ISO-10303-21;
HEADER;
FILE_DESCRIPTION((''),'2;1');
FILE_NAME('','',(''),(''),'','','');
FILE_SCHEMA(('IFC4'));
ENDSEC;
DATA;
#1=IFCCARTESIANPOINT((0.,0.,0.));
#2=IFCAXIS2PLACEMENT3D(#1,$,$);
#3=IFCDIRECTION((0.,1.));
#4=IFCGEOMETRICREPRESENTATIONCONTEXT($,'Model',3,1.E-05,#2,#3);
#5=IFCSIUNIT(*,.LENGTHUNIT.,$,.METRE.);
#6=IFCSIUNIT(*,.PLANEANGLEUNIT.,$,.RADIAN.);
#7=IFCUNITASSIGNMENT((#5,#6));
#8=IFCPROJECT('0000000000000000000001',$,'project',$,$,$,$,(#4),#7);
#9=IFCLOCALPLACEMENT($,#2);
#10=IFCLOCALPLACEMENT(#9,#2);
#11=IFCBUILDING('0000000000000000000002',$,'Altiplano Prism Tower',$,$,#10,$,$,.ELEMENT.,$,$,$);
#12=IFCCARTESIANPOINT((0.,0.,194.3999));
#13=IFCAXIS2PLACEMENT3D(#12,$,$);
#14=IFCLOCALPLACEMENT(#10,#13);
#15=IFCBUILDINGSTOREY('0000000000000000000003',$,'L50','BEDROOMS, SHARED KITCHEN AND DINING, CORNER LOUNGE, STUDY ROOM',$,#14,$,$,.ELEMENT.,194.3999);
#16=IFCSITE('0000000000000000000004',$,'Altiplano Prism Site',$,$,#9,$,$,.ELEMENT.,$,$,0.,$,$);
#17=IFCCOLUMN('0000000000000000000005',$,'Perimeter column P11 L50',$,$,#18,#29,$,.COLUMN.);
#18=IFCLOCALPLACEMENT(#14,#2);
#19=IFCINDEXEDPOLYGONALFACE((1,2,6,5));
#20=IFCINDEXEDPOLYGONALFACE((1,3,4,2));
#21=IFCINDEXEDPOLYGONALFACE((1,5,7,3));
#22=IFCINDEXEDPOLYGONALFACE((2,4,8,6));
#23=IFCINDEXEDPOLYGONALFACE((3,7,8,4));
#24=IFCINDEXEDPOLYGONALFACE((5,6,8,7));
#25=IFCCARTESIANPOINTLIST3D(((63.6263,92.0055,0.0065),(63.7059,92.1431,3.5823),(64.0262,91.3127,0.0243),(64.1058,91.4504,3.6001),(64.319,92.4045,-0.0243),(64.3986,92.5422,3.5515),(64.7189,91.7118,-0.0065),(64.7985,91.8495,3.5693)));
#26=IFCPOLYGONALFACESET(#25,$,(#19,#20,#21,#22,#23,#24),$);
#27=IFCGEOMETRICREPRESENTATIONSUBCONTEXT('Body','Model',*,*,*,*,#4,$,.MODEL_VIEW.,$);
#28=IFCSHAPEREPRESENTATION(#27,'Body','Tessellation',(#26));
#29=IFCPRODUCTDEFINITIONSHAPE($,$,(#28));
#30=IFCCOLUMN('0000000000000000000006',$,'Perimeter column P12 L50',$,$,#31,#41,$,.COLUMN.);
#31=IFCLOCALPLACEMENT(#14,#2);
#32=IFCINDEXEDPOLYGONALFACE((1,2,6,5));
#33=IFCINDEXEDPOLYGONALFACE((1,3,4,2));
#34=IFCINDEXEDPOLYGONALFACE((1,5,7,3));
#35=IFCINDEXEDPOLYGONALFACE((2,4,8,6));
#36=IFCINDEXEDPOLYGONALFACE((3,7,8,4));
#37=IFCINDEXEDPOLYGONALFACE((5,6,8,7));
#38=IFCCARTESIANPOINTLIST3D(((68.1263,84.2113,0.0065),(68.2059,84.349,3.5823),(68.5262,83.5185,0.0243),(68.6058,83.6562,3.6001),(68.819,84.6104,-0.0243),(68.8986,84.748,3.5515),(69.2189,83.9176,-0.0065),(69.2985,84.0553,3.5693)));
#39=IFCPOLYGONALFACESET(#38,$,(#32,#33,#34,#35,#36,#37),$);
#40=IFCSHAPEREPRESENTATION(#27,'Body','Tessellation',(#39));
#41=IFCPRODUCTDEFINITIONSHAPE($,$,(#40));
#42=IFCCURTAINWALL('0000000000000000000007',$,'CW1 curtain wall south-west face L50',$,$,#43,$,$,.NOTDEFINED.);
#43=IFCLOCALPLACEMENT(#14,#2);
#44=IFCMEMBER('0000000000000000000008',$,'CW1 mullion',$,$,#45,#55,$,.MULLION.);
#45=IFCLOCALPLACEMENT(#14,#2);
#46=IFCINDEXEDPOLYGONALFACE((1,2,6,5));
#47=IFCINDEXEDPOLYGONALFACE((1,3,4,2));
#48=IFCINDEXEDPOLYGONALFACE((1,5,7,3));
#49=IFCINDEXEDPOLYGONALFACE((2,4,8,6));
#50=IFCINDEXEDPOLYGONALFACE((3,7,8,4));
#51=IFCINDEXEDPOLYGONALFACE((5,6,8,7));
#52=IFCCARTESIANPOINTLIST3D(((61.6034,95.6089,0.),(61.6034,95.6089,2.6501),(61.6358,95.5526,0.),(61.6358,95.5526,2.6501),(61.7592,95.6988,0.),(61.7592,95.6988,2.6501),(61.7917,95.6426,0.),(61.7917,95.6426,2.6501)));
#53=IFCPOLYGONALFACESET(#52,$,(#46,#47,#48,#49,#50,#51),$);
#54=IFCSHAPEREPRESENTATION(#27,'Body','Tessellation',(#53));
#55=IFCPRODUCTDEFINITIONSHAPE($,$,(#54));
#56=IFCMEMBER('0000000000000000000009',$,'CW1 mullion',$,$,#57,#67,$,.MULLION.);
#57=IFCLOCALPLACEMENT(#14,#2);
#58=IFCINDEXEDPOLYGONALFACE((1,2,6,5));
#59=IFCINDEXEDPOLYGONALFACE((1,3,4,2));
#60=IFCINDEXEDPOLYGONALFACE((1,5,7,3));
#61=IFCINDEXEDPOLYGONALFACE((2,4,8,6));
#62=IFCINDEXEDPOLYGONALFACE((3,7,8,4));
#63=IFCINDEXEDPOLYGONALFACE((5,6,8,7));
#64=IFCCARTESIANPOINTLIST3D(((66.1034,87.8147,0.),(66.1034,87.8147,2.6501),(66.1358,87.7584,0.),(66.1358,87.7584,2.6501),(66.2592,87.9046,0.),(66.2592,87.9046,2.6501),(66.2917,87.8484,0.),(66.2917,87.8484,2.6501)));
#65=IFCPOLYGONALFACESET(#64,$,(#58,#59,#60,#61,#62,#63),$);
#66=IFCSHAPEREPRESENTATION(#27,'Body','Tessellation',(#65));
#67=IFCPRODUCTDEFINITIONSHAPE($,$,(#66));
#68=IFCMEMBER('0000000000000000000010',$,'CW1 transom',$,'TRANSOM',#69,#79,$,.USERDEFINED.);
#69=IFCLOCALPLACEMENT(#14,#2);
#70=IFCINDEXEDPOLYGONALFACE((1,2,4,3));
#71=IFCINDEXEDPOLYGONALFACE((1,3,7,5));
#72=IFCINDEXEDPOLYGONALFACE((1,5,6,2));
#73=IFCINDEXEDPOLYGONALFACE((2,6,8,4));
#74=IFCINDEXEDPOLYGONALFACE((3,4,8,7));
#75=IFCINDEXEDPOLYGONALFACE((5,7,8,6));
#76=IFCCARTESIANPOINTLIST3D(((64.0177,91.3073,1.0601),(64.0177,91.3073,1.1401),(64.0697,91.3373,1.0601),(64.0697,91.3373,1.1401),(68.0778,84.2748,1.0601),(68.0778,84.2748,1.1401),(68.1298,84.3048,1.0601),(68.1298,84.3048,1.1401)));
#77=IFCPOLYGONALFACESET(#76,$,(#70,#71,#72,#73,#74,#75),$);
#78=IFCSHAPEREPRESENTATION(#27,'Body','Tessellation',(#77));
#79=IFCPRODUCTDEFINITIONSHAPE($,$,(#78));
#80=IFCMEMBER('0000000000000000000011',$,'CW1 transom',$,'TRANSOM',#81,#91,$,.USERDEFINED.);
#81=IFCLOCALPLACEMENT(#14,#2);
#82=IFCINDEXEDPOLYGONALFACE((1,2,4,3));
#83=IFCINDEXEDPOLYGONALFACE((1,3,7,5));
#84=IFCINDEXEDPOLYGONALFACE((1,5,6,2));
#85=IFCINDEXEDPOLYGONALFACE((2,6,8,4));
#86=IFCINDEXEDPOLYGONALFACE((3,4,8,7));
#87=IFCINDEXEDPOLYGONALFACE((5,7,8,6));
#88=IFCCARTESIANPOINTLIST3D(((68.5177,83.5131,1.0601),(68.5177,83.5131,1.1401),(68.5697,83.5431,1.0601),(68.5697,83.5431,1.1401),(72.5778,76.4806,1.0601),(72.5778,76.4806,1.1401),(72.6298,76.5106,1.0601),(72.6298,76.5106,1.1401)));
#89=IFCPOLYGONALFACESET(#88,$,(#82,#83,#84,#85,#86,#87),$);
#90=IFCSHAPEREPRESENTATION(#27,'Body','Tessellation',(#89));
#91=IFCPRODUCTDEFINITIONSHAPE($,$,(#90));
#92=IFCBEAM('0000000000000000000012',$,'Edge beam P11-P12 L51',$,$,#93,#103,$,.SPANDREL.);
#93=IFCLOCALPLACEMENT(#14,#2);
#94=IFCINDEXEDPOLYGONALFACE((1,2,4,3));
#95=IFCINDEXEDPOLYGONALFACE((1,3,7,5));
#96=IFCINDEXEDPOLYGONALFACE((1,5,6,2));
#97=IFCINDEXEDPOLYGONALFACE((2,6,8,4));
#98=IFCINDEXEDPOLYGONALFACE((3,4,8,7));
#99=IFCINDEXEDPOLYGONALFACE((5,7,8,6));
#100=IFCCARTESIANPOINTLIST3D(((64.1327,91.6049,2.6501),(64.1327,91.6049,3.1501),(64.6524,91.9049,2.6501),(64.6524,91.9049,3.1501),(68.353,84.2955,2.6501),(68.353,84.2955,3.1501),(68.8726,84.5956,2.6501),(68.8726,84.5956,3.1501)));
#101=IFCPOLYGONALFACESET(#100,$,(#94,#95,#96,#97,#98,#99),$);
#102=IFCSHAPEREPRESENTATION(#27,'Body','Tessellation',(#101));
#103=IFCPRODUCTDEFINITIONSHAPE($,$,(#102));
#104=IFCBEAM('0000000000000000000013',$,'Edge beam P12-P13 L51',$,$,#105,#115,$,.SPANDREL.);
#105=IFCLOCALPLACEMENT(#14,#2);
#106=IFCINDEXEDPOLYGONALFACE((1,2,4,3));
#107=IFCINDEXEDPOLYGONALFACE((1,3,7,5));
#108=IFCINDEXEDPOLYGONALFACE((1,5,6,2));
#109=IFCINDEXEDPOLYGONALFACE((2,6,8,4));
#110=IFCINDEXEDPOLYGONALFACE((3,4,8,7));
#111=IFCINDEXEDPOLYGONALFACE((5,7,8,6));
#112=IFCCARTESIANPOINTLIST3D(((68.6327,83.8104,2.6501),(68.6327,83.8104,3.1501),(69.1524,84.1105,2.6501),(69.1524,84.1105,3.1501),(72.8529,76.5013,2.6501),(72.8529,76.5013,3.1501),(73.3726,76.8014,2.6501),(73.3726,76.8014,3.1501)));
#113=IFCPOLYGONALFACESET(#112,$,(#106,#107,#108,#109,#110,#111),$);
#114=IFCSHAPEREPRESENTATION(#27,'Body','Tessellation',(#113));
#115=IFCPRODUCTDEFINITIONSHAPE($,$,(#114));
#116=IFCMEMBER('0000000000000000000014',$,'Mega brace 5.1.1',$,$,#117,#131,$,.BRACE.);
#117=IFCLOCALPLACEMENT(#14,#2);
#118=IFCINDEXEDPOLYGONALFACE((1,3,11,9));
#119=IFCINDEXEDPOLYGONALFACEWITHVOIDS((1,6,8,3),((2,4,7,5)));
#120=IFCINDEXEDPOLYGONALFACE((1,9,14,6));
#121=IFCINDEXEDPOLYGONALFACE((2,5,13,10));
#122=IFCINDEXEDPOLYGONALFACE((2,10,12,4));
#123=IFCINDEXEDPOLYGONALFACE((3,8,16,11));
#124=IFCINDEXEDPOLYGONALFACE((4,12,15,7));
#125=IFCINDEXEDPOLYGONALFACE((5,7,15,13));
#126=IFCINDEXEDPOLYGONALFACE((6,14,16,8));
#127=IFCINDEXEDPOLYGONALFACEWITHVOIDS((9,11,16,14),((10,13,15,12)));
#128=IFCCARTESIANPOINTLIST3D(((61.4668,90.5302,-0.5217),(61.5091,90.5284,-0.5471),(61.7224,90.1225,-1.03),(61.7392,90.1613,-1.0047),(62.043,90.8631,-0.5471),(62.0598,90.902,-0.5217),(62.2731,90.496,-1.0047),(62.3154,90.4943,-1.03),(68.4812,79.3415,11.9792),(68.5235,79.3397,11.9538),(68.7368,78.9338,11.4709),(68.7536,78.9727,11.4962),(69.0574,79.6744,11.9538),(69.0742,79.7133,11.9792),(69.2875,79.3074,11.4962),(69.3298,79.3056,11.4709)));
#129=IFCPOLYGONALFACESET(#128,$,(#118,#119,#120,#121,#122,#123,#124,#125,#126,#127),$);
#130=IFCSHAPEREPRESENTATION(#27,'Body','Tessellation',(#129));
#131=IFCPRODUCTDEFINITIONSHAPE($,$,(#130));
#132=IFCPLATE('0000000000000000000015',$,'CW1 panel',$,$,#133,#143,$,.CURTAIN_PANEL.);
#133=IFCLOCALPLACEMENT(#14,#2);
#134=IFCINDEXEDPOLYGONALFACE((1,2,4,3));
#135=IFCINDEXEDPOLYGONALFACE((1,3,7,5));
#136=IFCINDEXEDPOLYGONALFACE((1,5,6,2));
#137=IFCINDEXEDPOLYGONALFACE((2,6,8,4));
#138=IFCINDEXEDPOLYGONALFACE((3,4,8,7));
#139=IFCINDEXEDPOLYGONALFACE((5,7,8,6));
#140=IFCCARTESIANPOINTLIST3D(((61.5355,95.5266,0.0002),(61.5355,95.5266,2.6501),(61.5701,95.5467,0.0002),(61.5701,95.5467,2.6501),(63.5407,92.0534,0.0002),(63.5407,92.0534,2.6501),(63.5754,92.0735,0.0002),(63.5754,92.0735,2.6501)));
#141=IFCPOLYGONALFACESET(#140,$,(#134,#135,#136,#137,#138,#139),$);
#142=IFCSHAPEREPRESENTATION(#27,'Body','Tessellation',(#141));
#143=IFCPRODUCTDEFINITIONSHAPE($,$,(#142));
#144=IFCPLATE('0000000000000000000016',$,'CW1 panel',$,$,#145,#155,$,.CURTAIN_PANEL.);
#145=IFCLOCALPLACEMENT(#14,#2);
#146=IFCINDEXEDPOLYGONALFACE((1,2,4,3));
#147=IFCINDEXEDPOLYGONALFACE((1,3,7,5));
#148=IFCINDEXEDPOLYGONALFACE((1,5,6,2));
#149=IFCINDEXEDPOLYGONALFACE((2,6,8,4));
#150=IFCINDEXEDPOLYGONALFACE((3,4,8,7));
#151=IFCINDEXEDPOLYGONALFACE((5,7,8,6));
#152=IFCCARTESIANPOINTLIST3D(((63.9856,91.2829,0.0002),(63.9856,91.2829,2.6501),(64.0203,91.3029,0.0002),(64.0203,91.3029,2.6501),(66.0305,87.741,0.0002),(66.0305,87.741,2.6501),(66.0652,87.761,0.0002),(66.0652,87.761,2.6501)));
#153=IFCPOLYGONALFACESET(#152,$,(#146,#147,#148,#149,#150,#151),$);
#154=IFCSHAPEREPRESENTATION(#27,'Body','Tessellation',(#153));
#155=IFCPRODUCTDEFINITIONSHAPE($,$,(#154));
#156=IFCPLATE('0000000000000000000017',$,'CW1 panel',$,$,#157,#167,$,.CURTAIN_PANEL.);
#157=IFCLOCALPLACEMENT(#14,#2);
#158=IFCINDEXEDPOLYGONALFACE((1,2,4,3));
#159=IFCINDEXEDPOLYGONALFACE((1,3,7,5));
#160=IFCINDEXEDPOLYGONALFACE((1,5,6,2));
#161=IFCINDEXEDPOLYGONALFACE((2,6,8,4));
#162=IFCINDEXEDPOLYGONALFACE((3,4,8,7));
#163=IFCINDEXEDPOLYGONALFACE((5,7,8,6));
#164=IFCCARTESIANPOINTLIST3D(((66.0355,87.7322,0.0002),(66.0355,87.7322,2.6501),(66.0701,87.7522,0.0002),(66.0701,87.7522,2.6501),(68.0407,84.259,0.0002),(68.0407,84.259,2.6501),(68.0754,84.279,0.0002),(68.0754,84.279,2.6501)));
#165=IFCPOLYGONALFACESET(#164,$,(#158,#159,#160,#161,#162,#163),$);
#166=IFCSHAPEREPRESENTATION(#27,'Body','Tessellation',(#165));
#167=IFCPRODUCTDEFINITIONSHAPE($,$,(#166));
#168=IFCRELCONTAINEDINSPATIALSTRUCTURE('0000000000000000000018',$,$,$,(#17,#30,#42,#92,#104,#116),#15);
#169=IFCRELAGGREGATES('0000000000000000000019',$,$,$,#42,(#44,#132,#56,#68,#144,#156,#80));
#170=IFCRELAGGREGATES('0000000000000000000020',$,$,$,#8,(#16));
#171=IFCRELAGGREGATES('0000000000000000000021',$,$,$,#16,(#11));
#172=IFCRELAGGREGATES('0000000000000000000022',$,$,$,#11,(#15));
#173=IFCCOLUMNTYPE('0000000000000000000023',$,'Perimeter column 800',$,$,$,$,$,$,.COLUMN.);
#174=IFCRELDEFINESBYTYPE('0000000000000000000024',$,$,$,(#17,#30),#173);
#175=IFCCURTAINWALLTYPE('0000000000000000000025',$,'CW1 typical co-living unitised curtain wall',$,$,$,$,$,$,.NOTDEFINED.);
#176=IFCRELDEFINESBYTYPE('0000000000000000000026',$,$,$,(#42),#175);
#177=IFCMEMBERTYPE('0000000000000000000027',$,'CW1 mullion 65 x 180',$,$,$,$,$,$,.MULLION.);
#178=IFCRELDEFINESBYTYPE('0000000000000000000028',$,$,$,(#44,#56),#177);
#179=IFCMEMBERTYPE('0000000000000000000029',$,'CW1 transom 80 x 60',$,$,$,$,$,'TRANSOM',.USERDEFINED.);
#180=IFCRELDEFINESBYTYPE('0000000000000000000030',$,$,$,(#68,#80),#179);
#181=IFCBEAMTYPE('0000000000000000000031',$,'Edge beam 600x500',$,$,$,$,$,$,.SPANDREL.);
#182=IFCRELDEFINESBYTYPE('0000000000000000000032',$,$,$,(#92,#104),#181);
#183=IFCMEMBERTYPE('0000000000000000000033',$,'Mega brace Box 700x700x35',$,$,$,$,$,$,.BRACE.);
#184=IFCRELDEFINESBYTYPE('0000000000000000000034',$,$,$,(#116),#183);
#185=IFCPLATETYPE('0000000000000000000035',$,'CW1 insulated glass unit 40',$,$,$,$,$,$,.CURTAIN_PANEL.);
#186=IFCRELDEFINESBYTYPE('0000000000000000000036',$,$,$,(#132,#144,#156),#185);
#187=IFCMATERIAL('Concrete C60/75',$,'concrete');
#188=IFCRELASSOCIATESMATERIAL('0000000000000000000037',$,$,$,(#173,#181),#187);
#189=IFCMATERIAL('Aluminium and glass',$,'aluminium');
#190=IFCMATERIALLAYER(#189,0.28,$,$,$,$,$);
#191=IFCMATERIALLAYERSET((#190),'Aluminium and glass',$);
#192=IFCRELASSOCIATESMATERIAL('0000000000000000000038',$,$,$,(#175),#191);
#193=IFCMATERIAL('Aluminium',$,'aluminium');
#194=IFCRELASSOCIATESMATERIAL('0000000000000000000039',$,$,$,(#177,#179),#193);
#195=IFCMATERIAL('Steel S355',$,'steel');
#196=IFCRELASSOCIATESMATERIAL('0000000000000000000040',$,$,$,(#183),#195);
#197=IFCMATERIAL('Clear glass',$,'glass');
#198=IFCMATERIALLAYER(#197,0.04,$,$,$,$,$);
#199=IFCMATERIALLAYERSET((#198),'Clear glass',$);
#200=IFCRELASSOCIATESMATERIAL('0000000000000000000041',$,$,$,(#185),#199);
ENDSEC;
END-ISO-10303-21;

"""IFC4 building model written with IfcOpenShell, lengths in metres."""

from ifc_helpers import new_model, si_unit, direction, frame, origin, origin_2d, place, context, subcontext, project, spatial, rectangle, hollow_rectangle, extrude, material, layer, layer_set, material_profile, profile_set, type_object, element, aggregate, save


model = new_model("IFC4")

# Units and contexts
model_context = context("Model", 3, precision=1e-05, world=origin(), true_north=direction((0.0, 1.0)))
body_context = subcontext(model_context, "Body", "Model", "MODEL_VIEW")
ifc_project = project(units=[si_unit("LENGTHUNIT", "METRE"), si_unit("PLANEANGLEUNIT", "RADIAN")], contexts=[model_context])

# Site, building, storey
site_placement = place(None, origin())
site = spatial("IfcSite", under=ifc_project, at=site_placement, Name="Altiplano Prism Site", CompositionType="ELEMENT", RefElevation=0.0)
building_placement = place(site_placement, origin())
building = spatial("IfcBuilding", under=site, at=building_placement, Name="Altiplano Prism Tower", CompositionType="ELEMENT")
storey_placement = place(building_placement, frame((0.0, 0.0, 194.3999)))
storey = spatial("IfcBuildingStorey", under=building, at=storey_placement, Name="L50", Description="BEDROOMS, SHARED KITCHEN AND DINING, CORNER LOUNGE, STUDY ROOM", CompositionType="ELEMENT", Elevation=194.3999)

# Columns
ifc_material_1 = material(Name="Concrete C60/75", Category="concrete")
ifc_material_profile_1 = material_profile(ifc_material_1, rectangle(XDim=0.8, YDim=0.8, at=origin_2d()), Name="Perimeter column 800")
ifc_profile_set_1 = profile_set([ifc_material_profile_1], Name="Concrete C60/75")
column_type = type_object("IfcColumnType", Name="Perimeter column 800", PredefinedType="COLUMN", material=ifc_profile_set_1)
for number, where, z_axis, x_axis, name in (
    (1, (64.1726, 91.8586, 0.0), (0.022235, 0.038468, 0.999012), (-0.865845, -0.49883, 0.038479), "Perimeter column P11 L50"),
    (2, (68.6726, 84.0645, 0.0), (0.022235, 0.038468, 0.999012), (-0.865845, -0.49883, 0.038479), "Perimeter column P12 L50"),
):
    element("IfcColumn", number, at=place(storey_placement, frame(where, z_axis=z_axis, x_axis=x_axis)), inside=storey, type_object=column_type, Name=name, PredefinedType="COLUMN", context=body_context, shape_type="SweptSolid", body=[
        extrude(rectangle(XDim=0.8, YDim=0.8, at=origin_2d()), origin(), (0.0, 0.0, 1.0), 3.5793),
    ])

# Curtain wall, members
ifc_material_2 = material(Name="Aluminium and glass", Category="aluminium")
ifc_layer_1 = layer(ifc_material_2, 0.28)
ifc_layer_set_1 = layer_set([ifc_layer_1], Name="Aluminium and glass")
curtain_wall_type = type_object("IfcCurtainWallType", Name="CW1 typical co-living unitised curtain wall", PredefinedType="NOTDEFINED", material=ifc_layer_set_1)
curtain_wall_placement = place(storey_placement, origin())
curtain_wall = element("IfcCurtainWall", 3, at=curtain_wall_placement, inside=storey, type_object=curtain_wall_type, Name="CW1 curtain wall south-west face L50", PredefinedType="NOTDEFINED")
ifc_material_3 = material(Name="Aluminium", Category="aluminium")
ifc_material_profile_2 = material_profile(ifc_material_3, rectangle(XDim=0.1799, YDim=0.0649, at=origin_2d()), Name="CW1 mullion 65 x 180")
ifc_profile_set_2 = profile_set([ifc_material_profile_2], Name="Aluminium")
member_type_1 = type_object("IfcMemberType", Name="CW1 mullion 65 x 180", PredefinedType="MULLION", material=ifc_profile_set_2)
member_1_placement = place(storey_placement, frame((61.6975, 95.6257, 0.0), z_axis=(0.0, 0.0, 1.0), x_axis=(0.866025, 0.5, 0.0)))
member_1 = element("IfcMember", 4, at=member_1_placement, type_object=member_type_1, Name="CW1 mullion", PredefinedType="MULLION", context=body_context, shape_type="SweptSolid", body=[
    extrude(rectangle(XDim=0.1799, YDim=0.0649, at=origin_2d()), origin(), (0.0, 0.0, 1.0), 2.6501),
])
member_2_placement = place(storey_placement, frame((66.1975, 87.8315, 0.0), z_axis=(0.0, 0.0, 1.0), x_axis=(0.866025, 0.5, 0.0)))
member_2 = element("IfcMember", 5, at=member_2_placement, type_object=member_type_1, Name="CW1 mullion", PredefinedType="MULLION", context=body_context, shape_type="SweptSolid", body=[
    extrude(rectangle(XDim=0.1799, YDim=0.0649, at=origin_2d()), origin(), (0.0, 0.0, 1.0), 2.6501),
])
ifc_material_profile_3 = material_profile(ifc_material_3, rectangle(XDim=0.0601, YDim=0.0801, at=origin_2d()), Name="CW1 transom 80 x 60")
ifc_profile_set_3 = profile_set([ifc_material_profile_3], Name="Aluminium")
member_type_2 = type_object("IfcMemberType", Name="CW1 transom 80 x 60", ElementType="TRANSOM", PredefinedType="USERDEFINED", material=ifc_profile_set_3)
member_3_placement = place(storey_placement, frame((64.0437, 91.3223, 1.1001), z_axis=(0.499987, -0.866033, 0.0), x_axis=(0.866033, 0.499987, 0.0)))
member_3 = element("IfcMember", 6, at=member_3_placement, type_object=member_type_2, Name="CW1 transom", ObjectType="TRANSOM", PredefinedType="USERDEFINED", context=body_context, shape_type="SweptSolid", body=[
    extrude(rectangle(XDim=0.0601, YDim=0.0801, at=origin_2d()), origin(), (0.0, 0.0, 1.0), 8.1204),
])
member_4_placement = place(storey_placement, frame((68.5437, 83.5281, 1.1001), z_axis=(0.499987, -0.866033, 0.0), x_axis=(0.866033, 0.499987, 0.0)))
member_4 = element("IfcMember", 7, at=member_4_placement, type_object=member_type_2, Name="CW1 transom", ObjectType="TRANSOM", PredefinedType="USERDEFINED", context=body_context, shape_type="SweptSolid", body=[
    extrude(rectangle(XDim=0.0601, YDim=0.0801, at=origin_2d()), origin(), (0.0, 0.0, 1.0), 8.1204),
])

# Beams
ifc_material_profile_4 = material_profile(ifc_material_1, rectangle(XDim=0.6001, YDim=0.5, at=origin_2d()), Name="Edge beam 600x500")
ifc_profile_set_4 = profile_set([ifc_material_profile_4], Name="Concrete C60/75")
beam_type = type_object("IfcBeamType", Name="Edge beam 600x500", PredefinedType="SPANDREL", material=ifc_profile_set_4)
beam_1_placement = place(storey_placement, frame((64.3926, 91.7549, 2.9001), z_axis=(0.500015, -0.866017, 0.0), x_axis=(0.866017, 0.500015, 0.0)))
element("IfcBeam", 8, at=beam_1_placement, inside=storey, type_object=beam_type, Name="Edge beam P11-P12 L51", PredefinedType="SPANDREL", context=body_context, shape_type="SweptSolid", body=[
    extrude(rectangle(XDim=0.6001, YDim=0.5, at=origin_2d()), origin(), (0.0, 0.0, 1.0), 8.4402),
])
beam_2_placement = place(storey_placement, frame((68.8926, 83.9604, 2.9001), z_axis=(0.500028, -0.866009, 0.0), x_axis=(0.866009, 0.500028, 0.0)))
element("IfcBeam", 9, at=beam_2_placement, inside=storey, type_object=beam_type, Name="Edge beam P12-P13 L51", PredefinedType="SPANDREL", context=body_context, shape_type="SweptSolid", body=[
    extrude(rectangle(XDim=0.6001, YDim=0.5, at=origin_2d()), origin(), (0.0, 0.0, 1.0), 8.4399),
])

# Member
ifc_material_4 = material(Name="Steel S355", Category="steel")
ifc_material_profile_5 = material_profile(ifc_material_4, hollow_rectangle(XDim=0.7, YDim=0.7, WallThickness=0.0349, at=origin_2d()), Name="Mega brace Box 700x700x35")
ifc_profile_set_5 = profile_set([ifc_material_profile_5], Name="Steel S355")
member_type_3 = type_object("IfcMemberType", Name="Mega brace Box 700x700x35", PredefinedType="BRACE", material=ifc_profile_set_5)
member_5_placement = place(storey_placement, frame((61.8911, 90.5122, -0.7759), z_axis=(0.385743, -0.6153, 0.687465), x_axis=(0.847267, 0.531167, 0.0)))
element("IfcMember", 10, at=member_5_placement, inside=storey, type_object=member_type_3, Name="Mega brace 5.1.1", PredefinedType="BRACE", context=body_context, shape_type="SweptSolid", body=[
    extrude(hollow_rectangle(XDim=0.7, YDim=0.7, WallThickness=0.0349, at=origin_2d()), origin(), (0.0, 0.0, 1.0), 18.1841),
])

# Plates
ifc_material_5 = material(Name="Clear glass", Category="glass")
ifc_layer_2 = layer(ifc_material_5, 0.04)
ifc_layer_set_2 = layer_set([ifc_layer_2], Name="Clear glass")
plate_type = type_object("IfcPlateType", Name="CW1 insulated glass unit 40", PredefinedType="CURTAIN_PANEL", material=ifc_layer_set_2)
plate_1_placement = place(storey_placement, frame((62.5554, 93.8, 0.0002), z_axis=(0.0, 0.0, 1.0), x_axis=(0.5, -0.866025, 0.0)))
plate_1 = element("IfcPlate", 11, at=plate_1_placement, type_object=plate_type, Name="CW1 panel", PredefinedType="CURTAIN_PANEL", context=body_context, shape_type="SweptSolid", body=[
    extrude(rectangle(XDim=4.0105, YDim=0.04, at=origin_2d()), origin(), (0.0, 0.0, 1.0), 2.6499),
])
plate_2_placement = place(storey_placement, frame((65.0254, 89.522, 0.0002), z_axis=(0.0, 0.0, 1.0), x_axis=(0.5, -0.866025, 0.0)))
plate_2 = element("IfcPlate", 12, at=plate_2_placement, type_object=plate_type, Name="CW1 panel", PredefinedType="CURTAIN_PANEL", context=body_context, shape_type="SweptSolid", body=[
    extrude(rectangle(XDim=4.0898, YDim=0.04, at=origin_2d()), origin(), (0.0, 0.0, 1.0), 2.6499),
])
plate_3_placement = place(storey_placement, frame((67.0554, 86.0056, 0.0002), z_axis=(0.0, 0.0, 1.0), x_axis=(0.5, -0.866025, 0.0)))
plate_3 = element("IfcPlate", 13, at=plate_3_placement, type_object=plate_type, Name="CW1 panel", PredefinedType="CURTAIN_PANEL", context=body_context, shape_type="SweptSolid", body=[
    extrude(rectangle(XDim=4.0105, YDim=0.04, at=origin_2d()), origin(), (0.0, 0.0, 1.0), 2.6499),
])
aggregate(curtain_wall, [member_1, plate_1, member_2, member_3, plate_2, plate_3, member_4])

save(model, "model.ifc")
